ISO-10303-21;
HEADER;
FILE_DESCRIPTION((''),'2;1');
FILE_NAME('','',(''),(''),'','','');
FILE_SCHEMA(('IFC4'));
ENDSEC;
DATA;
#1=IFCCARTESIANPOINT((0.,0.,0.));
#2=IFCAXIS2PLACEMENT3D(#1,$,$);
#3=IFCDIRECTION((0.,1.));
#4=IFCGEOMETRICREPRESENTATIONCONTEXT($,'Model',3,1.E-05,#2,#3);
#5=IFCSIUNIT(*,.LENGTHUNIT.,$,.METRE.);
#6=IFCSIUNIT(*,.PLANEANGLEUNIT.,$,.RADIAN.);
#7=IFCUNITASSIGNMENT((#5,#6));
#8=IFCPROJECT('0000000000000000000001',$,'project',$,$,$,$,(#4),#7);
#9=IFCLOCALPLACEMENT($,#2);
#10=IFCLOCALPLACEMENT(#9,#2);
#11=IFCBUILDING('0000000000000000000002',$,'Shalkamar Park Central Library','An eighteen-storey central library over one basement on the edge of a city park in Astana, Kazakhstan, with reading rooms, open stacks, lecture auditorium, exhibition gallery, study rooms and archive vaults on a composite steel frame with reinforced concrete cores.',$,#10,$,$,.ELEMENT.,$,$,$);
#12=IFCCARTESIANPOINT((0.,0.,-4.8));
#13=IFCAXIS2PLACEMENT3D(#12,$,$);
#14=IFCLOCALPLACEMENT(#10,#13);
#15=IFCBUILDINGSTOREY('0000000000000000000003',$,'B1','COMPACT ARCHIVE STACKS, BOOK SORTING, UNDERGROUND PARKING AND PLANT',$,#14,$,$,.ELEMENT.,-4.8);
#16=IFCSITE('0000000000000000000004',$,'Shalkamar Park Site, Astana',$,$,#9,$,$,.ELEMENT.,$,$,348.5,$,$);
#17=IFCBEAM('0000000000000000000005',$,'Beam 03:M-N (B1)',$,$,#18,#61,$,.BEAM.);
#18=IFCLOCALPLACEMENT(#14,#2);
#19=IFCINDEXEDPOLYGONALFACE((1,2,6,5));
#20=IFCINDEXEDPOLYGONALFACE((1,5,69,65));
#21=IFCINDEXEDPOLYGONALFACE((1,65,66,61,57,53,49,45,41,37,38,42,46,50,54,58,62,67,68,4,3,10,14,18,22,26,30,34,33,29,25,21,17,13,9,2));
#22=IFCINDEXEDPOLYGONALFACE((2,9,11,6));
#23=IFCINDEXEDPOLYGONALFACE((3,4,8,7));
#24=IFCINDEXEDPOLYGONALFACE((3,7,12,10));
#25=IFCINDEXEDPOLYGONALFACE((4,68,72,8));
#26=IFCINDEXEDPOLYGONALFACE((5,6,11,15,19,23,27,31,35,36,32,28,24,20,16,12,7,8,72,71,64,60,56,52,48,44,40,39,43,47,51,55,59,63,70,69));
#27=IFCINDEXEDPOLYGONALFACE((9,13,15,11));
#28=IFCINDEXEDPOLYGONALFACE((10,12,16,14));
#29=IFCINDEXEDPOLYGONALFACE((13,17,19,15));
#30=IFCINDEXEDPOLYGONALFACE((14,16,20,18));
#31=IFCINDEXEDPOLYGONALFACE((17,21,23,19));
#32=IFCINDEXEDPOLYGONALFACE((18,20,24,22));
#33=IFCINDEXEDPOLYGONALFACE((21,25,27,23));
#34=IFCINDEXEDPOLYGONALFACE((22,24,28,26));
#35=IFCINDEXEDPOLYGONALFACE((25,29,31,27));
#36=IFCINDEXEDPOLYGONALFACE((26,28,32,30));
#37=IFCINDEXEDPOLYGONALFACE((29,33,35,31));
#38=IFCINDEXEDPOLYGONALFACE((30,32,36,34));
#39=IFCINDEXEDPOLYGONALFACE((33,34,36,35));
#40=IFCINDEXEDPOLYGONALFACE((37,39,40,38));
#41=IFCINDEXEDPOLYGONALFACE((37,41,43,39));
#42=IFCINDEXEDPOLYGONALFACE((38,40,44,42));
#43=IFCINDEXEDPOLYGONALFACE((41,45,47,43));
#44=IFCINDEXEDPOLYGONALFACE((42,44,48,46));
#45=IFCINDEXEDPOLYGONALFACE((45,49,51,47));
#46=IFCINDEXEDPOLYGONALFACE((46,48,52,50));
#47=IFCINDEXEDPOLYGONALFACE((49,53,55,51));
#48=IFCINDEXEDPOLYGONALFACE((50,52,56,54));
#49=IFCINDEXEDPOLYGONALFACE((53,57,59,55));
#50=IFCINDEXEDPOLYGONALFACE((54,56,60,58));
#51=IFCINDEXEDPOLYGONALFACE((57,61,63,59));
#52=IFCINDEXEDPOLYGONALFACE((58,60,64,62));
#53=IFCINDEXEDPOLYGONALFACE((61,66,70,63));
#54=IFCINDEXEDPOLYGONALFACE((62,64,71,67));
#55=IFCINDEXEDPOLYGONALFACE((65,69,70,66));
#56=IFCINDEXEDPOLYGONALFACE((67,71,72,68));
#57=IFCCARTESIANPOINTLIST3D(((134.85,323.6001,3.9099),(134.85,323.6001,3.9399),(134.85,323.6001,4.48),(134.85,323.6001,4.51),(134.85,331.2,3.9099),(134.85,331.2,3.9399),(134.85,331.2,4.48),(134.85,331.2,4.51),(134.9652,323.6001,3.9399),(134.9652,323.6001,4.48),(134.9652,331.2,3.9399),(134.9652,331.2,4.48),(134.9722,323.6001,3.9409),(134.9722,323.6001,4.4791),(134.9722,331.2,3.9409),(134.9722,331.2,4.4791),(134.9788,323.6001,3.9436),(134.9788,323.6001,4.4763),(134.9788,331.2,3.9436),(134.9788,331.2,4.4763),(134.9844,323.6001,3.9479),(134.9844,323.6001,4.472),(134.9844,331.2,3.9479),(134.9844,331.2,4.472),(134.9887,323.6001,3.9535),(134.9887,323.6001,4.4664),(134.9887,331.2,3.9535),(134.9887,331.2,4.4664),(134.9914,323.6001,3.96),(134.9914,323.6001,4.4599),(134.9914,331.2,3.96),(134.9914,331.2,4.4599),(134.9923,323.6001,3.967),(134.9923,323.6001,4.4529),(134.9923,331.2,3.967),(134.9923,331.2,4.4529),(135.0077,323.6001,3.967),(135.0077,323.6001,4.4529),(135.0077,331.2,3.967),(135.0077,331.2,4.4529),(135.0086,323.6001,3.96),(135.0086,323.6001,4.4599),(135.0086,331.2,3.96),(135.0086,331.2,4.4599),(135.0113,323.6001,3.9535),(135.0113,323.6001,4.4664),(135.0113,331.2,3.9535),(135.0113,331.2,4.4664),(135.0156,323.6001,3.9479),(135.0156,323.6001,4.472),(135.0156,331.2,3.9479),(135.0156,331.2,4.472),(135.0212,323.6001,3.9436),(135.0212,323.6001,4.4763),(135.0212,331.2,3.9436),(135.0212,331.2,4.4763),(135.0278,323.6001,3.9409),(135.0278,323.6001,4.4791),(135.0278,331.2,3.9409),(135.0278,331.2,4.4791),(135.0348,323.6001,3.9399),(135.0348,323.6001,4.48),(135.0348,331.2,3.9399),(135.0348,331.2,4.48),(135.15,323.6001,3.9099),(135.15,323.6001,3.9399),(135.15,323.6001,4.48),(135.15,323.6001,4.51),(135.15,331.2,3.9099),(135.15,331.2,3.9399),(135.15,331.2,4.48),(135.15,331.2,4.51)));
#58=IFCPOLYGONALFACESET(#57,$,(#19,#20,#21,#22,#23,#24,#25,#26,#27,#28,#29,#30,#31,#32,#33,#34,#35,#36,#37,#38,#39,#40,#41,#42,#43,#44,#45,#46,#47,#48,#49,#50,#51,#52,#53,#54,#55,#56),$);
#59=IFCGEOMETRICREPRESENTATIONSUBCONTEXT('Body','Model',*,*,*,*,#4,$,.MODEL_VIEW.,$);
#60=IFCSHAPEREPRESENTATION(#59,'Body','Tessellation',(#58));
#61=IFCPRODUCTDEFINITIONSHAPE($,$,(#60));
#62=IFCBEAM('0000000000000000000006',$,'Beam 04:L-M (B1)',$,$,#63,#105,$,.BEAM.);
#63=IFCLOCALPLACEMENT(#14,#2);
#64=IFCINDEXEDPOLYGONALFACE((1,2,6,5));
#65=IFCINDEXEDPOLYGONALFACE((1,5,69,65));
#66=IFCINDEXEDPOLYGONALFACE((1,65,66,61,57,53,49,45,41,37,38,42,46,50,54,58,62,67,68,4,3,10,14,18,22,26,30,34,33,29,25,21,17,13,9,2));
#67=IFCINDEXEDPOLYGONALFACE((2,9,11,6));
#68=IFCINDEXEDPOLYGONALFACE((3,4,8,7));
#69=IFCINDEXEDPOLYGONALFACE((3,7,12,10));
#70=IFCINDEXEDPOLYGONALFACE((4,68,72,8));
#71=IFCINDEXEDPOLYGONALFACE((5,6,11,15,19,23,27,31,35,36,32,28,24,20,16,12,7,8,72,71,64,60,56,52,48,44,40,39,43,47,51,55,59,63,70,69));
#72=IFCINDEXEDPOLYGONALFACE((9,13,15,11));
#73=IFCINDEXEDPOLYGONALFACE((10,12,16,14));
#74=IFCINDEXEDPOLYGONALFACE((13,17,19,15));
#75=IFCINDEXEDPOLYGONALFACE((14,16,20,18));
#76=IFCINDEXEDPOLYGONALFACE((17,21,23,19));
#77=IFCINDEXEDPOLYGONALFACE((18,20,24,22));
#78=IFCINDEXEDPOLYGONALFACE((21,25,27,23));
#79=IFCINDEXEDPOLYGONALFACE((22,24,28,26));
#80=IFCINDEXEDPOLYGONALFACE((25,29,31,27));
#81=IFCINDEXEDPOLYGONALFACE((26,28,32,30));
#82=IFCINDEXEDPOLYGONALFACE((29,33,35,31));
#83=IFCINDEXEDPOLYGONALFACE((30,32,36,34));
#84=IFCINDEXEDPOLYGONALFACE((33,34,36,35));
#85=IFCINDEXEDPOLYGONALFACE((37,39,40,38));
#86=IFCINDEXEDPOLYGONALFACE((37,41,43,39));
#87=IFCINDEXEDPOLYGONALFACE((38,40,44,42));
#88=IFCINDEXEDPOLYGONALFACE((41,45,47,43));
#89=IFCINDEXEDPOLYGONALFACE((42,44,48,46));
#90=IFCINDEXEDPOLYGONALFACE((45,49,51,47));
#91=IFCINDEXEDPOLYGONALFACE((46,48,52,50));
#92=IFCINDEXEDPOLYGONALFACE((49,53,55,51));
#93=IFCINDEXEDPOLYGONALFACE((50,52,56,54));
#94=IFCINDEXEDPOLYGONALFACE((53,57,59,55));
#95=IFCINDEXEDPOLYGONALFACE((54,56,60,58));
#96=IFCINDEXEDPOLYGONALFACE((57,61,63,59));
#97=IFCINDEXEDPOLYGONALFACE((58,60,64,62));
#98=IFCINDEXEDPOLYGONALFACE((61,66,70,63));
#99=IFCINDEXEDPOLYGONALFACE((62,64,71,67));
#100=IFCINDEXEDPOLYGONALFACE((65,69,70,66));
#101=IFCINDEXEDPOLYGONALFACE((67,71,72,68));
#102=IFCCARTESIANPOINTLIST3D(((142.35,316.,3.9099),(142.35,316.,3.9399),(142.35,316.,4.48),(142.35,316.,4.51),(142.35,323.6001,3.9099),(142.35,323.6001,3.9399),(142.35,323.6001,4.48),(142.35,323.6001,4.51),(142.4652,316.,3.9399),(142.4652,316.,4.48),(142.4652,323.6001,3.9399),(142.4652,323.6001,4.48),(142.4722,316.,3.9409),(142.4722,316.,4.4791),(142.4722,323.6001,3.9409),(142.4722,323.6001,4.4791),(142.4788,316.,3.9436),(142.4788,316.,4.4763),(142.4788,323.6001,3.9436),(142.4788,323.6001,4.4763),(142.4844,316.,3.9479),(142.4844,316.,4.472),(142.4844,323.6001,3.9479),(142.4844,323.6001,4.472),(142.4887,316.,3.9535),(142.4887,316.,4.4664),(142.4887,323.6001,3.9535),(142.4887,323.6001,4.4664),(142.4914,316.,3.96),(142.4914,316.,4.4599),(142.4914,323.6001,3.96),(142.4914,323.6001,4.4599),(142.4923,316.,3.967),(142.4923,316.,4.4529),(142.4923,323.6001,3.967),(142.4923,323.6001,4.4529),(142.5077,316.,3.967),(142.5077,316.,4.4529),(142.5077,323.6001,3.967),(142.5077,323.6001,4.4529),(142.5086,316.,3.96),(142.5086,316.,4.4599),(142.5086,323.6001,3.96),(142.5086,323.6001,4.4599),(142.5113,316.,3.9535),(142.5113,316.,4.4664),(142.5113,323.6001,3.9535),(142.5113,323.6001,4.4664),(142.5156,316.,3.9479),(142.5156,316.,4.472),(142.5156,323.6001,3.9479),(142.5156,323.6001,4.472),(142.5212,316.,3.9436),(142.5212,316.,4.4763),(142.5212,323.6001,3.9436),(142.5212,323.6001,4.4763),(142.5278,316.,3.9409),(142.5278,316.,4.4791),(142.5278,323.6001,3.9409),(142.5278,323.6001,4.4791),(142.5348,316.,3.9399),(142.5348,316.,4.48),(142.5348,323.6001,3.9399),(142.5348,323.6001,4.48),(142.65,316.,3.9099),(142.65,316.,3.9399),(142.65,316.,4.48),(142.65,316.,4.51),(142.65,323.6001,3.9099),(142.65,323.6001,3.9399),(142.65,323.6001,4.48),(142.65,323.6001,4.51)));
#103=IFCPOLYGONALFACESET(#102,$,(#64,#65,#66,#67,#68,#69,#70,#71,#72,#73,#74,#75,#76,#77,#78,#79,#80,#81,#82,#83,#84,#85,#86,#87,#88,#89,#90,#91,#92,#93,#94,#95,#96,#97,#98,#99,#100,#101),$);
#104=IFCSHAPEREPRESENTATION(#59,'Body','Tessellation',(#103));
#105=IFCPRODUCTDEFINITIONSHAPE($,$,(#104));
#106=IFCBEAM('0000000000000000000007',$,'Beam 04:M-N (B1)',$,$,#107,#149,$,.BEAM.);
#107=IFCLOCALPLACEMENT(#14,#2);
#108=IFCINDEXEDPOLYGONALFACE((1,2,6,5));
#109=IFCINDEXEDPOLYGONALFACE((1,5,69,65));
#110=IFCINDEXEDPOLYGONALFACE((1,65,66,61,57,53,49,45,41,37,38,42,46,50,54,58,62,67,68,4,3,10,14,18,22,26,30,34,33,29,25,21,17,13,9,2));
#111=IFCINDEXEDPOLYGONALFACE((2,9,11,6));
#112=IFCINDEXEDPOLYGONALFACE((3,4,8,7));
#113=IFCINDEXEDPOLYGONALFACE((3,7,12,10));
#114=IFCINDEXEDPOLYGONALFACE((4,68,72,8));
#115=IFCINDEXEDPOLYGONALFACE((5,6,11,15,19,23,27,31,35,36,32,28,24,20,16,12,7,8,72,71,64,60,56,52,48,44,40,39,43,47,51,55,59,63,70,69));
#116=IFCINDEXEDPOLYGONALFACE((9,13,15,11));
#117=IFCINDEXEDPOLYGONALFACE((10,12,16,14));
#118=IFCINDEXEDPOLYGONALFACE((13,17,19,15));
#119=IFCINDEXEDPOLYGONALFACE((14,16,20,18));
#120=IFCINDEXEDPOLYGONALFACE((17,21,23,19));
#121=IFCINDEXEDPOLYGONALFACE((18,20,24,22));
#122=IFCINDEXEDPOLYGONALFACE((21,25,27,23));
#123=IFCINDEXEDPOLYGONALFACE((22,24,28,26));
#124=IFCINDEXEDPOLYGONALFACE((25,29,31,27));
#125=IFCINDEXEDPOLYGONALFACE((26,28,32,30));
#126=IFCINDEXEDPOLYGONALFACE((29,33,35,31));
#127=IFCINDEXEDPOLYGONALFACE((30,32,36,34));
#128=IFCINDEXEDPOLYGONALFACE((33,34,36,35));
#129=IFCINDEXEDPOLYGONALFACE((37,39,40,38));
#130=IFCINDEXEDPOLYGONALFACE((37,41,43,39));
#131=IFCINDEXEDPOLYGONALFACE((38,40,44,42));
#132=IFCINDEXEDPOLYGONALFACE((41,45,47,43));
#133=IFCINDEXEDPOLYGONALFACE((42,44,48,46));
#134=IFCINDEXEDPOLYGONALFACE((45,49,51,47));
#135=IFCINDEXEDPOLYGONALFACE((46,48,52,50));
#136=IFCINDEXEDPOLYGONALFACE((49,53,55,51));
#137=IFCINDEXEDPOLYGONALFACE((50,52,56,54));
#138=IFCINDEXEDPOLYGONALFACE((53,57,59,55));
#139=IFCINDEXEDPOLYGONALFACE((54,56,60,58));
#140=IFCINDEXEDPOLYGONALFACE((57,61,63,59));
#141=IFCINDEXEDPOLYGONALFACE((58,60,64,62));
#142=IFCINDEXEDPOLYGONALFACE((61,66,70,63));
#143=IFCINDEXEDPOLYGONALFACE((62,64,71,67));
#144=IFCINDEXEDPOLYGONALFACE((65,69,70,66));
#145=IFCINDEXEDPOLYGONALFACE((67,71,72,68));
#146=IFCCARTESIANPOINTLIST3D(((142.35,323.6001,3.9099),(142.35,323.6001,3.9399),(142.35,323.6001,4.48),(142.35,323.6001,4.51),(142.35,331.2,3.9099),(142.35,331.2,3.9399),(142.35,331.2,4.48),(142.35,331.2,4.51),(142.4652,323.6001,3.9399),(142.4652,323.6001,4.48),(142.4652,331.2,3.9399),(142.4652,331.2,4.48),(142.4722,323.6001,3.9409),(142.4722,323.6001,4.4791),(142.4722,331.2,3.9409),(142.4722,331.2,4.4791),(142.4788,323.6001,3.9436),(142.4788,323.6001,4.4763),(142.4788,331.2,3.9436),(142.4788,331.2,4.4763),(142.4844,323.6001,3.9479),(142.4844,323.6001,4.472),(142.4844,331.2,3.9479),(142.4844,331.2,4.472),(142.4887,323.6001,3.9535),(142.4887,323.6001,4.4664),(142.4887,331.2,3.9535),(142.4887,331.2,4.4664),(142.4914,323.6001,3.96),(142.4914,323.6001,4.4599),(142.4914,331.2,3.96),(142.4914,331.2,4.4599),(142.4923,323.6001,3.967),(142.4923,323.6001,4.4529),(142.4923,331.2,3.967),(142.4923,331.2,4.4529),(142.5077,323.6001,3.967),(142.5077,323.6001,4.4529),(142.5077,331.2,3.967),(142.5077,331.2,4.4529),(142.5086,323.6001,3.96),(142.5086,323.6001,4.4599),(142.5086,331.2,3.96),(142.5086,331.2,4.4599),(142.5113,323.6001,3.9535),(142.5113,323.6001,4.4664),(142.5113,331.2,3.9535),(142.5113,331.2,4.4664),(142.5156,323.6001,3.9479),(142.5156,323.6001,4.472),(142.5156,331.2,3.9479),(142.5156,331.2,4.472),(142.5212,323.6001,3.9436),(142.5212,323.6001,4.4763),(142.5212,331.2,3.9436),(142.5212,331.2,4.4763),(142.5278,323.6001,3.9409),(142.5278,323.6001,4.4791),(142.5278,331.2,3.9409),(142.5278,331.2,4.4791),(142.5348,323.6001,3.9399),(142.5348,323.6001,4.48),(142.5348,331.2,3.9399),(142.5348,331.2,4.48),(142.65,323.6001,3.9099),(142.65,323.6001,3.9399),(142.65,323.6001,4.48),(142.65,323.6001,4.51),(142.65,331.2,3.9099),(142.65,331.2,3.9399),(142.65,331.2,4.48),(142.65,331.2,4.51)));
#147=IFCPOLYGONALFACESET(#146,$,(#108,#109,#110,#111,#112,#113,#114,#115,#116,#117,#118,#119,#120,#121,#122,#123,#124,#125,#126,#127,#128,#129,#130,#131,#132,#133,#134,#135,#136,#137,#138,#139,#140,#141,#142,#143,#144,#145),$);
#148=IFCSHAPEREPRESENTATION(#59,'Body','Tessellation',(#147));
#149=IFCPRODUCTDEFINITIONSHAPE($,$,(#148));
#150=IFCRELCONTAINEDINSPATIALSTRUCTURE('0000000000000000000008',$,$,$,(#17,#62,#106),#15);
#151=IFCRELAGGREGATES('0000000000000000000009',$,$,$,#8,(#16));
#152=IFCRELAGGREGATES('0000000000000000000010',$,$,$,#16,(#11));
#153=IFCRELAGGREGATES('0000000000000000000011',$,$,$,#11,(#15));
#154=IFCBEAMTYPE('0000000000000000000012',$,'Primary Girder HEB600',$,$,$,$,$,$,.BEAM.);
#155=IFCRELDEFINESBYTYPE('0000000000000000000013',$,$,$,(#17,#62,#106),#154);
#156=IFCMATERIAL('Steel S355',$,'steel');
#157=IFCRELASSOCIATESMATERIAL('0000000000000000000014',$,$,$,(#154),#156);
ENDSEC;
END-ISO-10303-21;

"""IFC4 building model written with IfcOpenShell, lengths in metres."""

from ifc_helpers import new_model, si_unit, direction, frame, origin, origin_2d, place, context, subcontext, project, spatial, i_section, extrude, material, material_profile, profile_set, type_object, element, save


model = new_model("IFC4")

# Units and contexts
model_context = context("Model", 3, precision=1e-05, world=origin(), true_north=direction((0.0, 1.0)))
body_context = subcontext(model_context, "Body", "Model", "MODEL_VIEW")
ifc_project = project(units=[si_unit("LENGTHUNIT", "METRE"), si_unit("PLANEANGLEUNIT", "RADIAN")], contexts=[model_context])

# Site, building, storey
site_placement = place(None, origin())
site = spatial("IfcSite", under=ifc_project, at=site_placement, Name="Shalkamar Park Site, Astana", CompositionType="ELEMENT", RefElevation=348.5)
building_placement = place(site_placement, origin())
building = spatial("IfcBuilding", under=site, at=building_placement, Name="Shalkamar Park Central Library", Description="An eighteen-storey central library over one basement on the edge of a city park in Astana, Kazakhstan, with reading rooms, open stacks, lecture auditorium, exhibition gallery, study rooms and archive vaults on a composite steel frame with reinforced concrete cores.", CompositionType="ELEMENT")
storey_placement = place(building_placement, frame((0.0, 0.0, -4.8)))
storey = spatial("IfcBuildingStorey", under=building, at=storey_placement, Name="B1", Description="COMPACT ARCHIVE STACKS, BOOK SORTING, UNDERGROUND PARKING AND PLANT", CompositionType="ELEMENT", Elevation=-4.8)

# Shared definitions
ifc_material_1 = material(Name="Steel S355", Category="steel")

# Beams
ifc_material_profile_1 = material_profile(ifc_material_1, i_section(OverallWidth=0.3, OverallDepth=0.6001, WebThickness=0.0154, FlangeThickness=0.03, FilletRadius=0.0271, at=origin_2d()), Name="HEB 600")
ifc_profile_set_1 = profile_set([ifc_material_profile_1], Name="Steel S355")
beam_type_1 = type_object("IfcBeamType", Name="Primary Girder HEB600", PredefinedType="BEAM", material=ifc_profile_set_1)
beam_1_placement = place(storey_placement, frame((135.0, 323.6001, 4.21), z_axis=(0.0, 1.0, 0.0), x_axis=(-1.0, 0.0, 0.0)))
element("IfcBeam", 1, at=beam_1_placement, inside=storey, type_object=beam_type_1, Name="Beam 03:M-N (B1)", PredefinedType="BEAM", context=body_context, shape_type="SweptSolid", body=[
    extrude(i_section(OverallWidth=0.3, OverallDepth=0.6001, WebThickness=0.0154, FlangeThickness=0.03, FilletRadius=0.0271, at=origin_2d()), origin(), (0.0, 0.0, 1.0), 7.5999),
])
beam_2_placement = place(storey_placement, frame((142.5, 316.0, 4.21), z_axis=(0.0, 1.0, 0.0), x_axis=(-1.0, 0.0, 0.0)))
element("IfcBeam", 2, at=beam_2_placement, inside=storey, type_object=beam_type_1, Name="Beam 04:L-M (B1)", PredefinedType="BEAM", context=body_context, shape_type="SweptSolid", body=[
    extrude(i_section(OverallWidth=0.3, OverallDepth=0.6001, WebThickness=0.0154, FlangeThickness=0.03, FilletRadius=0.0271, at=origin_2d()), origin(), (0.0, 0.0, 1.0), 7.6001),
])
beam_3_placement = place(storey_placement, frame((142.5, 323.6001, 4.21), z_axis=(0.0, 1.0, 0.0), x_axis=(-1.0, 0.0, 0.0)))
element("IfcBeam", 3, at=beam_3_placement, inside=storey, type_object=beam_type_1, Name="Beam 04:M-N (B1)", PredefinedType="BEAM", context=body_context, shape_type="SweptSolid", body=[
    extrude(i_section(OverallWidth=0.3, OverallDepth=0.6001, WebThickness=0.0154, FlangeThickness=0.03, FilletRadius=0.0271, at=origin_2d()), origin(), (0.0, 0.0, 1.0), 7.5999),
])

save(model, "model.ifc")
